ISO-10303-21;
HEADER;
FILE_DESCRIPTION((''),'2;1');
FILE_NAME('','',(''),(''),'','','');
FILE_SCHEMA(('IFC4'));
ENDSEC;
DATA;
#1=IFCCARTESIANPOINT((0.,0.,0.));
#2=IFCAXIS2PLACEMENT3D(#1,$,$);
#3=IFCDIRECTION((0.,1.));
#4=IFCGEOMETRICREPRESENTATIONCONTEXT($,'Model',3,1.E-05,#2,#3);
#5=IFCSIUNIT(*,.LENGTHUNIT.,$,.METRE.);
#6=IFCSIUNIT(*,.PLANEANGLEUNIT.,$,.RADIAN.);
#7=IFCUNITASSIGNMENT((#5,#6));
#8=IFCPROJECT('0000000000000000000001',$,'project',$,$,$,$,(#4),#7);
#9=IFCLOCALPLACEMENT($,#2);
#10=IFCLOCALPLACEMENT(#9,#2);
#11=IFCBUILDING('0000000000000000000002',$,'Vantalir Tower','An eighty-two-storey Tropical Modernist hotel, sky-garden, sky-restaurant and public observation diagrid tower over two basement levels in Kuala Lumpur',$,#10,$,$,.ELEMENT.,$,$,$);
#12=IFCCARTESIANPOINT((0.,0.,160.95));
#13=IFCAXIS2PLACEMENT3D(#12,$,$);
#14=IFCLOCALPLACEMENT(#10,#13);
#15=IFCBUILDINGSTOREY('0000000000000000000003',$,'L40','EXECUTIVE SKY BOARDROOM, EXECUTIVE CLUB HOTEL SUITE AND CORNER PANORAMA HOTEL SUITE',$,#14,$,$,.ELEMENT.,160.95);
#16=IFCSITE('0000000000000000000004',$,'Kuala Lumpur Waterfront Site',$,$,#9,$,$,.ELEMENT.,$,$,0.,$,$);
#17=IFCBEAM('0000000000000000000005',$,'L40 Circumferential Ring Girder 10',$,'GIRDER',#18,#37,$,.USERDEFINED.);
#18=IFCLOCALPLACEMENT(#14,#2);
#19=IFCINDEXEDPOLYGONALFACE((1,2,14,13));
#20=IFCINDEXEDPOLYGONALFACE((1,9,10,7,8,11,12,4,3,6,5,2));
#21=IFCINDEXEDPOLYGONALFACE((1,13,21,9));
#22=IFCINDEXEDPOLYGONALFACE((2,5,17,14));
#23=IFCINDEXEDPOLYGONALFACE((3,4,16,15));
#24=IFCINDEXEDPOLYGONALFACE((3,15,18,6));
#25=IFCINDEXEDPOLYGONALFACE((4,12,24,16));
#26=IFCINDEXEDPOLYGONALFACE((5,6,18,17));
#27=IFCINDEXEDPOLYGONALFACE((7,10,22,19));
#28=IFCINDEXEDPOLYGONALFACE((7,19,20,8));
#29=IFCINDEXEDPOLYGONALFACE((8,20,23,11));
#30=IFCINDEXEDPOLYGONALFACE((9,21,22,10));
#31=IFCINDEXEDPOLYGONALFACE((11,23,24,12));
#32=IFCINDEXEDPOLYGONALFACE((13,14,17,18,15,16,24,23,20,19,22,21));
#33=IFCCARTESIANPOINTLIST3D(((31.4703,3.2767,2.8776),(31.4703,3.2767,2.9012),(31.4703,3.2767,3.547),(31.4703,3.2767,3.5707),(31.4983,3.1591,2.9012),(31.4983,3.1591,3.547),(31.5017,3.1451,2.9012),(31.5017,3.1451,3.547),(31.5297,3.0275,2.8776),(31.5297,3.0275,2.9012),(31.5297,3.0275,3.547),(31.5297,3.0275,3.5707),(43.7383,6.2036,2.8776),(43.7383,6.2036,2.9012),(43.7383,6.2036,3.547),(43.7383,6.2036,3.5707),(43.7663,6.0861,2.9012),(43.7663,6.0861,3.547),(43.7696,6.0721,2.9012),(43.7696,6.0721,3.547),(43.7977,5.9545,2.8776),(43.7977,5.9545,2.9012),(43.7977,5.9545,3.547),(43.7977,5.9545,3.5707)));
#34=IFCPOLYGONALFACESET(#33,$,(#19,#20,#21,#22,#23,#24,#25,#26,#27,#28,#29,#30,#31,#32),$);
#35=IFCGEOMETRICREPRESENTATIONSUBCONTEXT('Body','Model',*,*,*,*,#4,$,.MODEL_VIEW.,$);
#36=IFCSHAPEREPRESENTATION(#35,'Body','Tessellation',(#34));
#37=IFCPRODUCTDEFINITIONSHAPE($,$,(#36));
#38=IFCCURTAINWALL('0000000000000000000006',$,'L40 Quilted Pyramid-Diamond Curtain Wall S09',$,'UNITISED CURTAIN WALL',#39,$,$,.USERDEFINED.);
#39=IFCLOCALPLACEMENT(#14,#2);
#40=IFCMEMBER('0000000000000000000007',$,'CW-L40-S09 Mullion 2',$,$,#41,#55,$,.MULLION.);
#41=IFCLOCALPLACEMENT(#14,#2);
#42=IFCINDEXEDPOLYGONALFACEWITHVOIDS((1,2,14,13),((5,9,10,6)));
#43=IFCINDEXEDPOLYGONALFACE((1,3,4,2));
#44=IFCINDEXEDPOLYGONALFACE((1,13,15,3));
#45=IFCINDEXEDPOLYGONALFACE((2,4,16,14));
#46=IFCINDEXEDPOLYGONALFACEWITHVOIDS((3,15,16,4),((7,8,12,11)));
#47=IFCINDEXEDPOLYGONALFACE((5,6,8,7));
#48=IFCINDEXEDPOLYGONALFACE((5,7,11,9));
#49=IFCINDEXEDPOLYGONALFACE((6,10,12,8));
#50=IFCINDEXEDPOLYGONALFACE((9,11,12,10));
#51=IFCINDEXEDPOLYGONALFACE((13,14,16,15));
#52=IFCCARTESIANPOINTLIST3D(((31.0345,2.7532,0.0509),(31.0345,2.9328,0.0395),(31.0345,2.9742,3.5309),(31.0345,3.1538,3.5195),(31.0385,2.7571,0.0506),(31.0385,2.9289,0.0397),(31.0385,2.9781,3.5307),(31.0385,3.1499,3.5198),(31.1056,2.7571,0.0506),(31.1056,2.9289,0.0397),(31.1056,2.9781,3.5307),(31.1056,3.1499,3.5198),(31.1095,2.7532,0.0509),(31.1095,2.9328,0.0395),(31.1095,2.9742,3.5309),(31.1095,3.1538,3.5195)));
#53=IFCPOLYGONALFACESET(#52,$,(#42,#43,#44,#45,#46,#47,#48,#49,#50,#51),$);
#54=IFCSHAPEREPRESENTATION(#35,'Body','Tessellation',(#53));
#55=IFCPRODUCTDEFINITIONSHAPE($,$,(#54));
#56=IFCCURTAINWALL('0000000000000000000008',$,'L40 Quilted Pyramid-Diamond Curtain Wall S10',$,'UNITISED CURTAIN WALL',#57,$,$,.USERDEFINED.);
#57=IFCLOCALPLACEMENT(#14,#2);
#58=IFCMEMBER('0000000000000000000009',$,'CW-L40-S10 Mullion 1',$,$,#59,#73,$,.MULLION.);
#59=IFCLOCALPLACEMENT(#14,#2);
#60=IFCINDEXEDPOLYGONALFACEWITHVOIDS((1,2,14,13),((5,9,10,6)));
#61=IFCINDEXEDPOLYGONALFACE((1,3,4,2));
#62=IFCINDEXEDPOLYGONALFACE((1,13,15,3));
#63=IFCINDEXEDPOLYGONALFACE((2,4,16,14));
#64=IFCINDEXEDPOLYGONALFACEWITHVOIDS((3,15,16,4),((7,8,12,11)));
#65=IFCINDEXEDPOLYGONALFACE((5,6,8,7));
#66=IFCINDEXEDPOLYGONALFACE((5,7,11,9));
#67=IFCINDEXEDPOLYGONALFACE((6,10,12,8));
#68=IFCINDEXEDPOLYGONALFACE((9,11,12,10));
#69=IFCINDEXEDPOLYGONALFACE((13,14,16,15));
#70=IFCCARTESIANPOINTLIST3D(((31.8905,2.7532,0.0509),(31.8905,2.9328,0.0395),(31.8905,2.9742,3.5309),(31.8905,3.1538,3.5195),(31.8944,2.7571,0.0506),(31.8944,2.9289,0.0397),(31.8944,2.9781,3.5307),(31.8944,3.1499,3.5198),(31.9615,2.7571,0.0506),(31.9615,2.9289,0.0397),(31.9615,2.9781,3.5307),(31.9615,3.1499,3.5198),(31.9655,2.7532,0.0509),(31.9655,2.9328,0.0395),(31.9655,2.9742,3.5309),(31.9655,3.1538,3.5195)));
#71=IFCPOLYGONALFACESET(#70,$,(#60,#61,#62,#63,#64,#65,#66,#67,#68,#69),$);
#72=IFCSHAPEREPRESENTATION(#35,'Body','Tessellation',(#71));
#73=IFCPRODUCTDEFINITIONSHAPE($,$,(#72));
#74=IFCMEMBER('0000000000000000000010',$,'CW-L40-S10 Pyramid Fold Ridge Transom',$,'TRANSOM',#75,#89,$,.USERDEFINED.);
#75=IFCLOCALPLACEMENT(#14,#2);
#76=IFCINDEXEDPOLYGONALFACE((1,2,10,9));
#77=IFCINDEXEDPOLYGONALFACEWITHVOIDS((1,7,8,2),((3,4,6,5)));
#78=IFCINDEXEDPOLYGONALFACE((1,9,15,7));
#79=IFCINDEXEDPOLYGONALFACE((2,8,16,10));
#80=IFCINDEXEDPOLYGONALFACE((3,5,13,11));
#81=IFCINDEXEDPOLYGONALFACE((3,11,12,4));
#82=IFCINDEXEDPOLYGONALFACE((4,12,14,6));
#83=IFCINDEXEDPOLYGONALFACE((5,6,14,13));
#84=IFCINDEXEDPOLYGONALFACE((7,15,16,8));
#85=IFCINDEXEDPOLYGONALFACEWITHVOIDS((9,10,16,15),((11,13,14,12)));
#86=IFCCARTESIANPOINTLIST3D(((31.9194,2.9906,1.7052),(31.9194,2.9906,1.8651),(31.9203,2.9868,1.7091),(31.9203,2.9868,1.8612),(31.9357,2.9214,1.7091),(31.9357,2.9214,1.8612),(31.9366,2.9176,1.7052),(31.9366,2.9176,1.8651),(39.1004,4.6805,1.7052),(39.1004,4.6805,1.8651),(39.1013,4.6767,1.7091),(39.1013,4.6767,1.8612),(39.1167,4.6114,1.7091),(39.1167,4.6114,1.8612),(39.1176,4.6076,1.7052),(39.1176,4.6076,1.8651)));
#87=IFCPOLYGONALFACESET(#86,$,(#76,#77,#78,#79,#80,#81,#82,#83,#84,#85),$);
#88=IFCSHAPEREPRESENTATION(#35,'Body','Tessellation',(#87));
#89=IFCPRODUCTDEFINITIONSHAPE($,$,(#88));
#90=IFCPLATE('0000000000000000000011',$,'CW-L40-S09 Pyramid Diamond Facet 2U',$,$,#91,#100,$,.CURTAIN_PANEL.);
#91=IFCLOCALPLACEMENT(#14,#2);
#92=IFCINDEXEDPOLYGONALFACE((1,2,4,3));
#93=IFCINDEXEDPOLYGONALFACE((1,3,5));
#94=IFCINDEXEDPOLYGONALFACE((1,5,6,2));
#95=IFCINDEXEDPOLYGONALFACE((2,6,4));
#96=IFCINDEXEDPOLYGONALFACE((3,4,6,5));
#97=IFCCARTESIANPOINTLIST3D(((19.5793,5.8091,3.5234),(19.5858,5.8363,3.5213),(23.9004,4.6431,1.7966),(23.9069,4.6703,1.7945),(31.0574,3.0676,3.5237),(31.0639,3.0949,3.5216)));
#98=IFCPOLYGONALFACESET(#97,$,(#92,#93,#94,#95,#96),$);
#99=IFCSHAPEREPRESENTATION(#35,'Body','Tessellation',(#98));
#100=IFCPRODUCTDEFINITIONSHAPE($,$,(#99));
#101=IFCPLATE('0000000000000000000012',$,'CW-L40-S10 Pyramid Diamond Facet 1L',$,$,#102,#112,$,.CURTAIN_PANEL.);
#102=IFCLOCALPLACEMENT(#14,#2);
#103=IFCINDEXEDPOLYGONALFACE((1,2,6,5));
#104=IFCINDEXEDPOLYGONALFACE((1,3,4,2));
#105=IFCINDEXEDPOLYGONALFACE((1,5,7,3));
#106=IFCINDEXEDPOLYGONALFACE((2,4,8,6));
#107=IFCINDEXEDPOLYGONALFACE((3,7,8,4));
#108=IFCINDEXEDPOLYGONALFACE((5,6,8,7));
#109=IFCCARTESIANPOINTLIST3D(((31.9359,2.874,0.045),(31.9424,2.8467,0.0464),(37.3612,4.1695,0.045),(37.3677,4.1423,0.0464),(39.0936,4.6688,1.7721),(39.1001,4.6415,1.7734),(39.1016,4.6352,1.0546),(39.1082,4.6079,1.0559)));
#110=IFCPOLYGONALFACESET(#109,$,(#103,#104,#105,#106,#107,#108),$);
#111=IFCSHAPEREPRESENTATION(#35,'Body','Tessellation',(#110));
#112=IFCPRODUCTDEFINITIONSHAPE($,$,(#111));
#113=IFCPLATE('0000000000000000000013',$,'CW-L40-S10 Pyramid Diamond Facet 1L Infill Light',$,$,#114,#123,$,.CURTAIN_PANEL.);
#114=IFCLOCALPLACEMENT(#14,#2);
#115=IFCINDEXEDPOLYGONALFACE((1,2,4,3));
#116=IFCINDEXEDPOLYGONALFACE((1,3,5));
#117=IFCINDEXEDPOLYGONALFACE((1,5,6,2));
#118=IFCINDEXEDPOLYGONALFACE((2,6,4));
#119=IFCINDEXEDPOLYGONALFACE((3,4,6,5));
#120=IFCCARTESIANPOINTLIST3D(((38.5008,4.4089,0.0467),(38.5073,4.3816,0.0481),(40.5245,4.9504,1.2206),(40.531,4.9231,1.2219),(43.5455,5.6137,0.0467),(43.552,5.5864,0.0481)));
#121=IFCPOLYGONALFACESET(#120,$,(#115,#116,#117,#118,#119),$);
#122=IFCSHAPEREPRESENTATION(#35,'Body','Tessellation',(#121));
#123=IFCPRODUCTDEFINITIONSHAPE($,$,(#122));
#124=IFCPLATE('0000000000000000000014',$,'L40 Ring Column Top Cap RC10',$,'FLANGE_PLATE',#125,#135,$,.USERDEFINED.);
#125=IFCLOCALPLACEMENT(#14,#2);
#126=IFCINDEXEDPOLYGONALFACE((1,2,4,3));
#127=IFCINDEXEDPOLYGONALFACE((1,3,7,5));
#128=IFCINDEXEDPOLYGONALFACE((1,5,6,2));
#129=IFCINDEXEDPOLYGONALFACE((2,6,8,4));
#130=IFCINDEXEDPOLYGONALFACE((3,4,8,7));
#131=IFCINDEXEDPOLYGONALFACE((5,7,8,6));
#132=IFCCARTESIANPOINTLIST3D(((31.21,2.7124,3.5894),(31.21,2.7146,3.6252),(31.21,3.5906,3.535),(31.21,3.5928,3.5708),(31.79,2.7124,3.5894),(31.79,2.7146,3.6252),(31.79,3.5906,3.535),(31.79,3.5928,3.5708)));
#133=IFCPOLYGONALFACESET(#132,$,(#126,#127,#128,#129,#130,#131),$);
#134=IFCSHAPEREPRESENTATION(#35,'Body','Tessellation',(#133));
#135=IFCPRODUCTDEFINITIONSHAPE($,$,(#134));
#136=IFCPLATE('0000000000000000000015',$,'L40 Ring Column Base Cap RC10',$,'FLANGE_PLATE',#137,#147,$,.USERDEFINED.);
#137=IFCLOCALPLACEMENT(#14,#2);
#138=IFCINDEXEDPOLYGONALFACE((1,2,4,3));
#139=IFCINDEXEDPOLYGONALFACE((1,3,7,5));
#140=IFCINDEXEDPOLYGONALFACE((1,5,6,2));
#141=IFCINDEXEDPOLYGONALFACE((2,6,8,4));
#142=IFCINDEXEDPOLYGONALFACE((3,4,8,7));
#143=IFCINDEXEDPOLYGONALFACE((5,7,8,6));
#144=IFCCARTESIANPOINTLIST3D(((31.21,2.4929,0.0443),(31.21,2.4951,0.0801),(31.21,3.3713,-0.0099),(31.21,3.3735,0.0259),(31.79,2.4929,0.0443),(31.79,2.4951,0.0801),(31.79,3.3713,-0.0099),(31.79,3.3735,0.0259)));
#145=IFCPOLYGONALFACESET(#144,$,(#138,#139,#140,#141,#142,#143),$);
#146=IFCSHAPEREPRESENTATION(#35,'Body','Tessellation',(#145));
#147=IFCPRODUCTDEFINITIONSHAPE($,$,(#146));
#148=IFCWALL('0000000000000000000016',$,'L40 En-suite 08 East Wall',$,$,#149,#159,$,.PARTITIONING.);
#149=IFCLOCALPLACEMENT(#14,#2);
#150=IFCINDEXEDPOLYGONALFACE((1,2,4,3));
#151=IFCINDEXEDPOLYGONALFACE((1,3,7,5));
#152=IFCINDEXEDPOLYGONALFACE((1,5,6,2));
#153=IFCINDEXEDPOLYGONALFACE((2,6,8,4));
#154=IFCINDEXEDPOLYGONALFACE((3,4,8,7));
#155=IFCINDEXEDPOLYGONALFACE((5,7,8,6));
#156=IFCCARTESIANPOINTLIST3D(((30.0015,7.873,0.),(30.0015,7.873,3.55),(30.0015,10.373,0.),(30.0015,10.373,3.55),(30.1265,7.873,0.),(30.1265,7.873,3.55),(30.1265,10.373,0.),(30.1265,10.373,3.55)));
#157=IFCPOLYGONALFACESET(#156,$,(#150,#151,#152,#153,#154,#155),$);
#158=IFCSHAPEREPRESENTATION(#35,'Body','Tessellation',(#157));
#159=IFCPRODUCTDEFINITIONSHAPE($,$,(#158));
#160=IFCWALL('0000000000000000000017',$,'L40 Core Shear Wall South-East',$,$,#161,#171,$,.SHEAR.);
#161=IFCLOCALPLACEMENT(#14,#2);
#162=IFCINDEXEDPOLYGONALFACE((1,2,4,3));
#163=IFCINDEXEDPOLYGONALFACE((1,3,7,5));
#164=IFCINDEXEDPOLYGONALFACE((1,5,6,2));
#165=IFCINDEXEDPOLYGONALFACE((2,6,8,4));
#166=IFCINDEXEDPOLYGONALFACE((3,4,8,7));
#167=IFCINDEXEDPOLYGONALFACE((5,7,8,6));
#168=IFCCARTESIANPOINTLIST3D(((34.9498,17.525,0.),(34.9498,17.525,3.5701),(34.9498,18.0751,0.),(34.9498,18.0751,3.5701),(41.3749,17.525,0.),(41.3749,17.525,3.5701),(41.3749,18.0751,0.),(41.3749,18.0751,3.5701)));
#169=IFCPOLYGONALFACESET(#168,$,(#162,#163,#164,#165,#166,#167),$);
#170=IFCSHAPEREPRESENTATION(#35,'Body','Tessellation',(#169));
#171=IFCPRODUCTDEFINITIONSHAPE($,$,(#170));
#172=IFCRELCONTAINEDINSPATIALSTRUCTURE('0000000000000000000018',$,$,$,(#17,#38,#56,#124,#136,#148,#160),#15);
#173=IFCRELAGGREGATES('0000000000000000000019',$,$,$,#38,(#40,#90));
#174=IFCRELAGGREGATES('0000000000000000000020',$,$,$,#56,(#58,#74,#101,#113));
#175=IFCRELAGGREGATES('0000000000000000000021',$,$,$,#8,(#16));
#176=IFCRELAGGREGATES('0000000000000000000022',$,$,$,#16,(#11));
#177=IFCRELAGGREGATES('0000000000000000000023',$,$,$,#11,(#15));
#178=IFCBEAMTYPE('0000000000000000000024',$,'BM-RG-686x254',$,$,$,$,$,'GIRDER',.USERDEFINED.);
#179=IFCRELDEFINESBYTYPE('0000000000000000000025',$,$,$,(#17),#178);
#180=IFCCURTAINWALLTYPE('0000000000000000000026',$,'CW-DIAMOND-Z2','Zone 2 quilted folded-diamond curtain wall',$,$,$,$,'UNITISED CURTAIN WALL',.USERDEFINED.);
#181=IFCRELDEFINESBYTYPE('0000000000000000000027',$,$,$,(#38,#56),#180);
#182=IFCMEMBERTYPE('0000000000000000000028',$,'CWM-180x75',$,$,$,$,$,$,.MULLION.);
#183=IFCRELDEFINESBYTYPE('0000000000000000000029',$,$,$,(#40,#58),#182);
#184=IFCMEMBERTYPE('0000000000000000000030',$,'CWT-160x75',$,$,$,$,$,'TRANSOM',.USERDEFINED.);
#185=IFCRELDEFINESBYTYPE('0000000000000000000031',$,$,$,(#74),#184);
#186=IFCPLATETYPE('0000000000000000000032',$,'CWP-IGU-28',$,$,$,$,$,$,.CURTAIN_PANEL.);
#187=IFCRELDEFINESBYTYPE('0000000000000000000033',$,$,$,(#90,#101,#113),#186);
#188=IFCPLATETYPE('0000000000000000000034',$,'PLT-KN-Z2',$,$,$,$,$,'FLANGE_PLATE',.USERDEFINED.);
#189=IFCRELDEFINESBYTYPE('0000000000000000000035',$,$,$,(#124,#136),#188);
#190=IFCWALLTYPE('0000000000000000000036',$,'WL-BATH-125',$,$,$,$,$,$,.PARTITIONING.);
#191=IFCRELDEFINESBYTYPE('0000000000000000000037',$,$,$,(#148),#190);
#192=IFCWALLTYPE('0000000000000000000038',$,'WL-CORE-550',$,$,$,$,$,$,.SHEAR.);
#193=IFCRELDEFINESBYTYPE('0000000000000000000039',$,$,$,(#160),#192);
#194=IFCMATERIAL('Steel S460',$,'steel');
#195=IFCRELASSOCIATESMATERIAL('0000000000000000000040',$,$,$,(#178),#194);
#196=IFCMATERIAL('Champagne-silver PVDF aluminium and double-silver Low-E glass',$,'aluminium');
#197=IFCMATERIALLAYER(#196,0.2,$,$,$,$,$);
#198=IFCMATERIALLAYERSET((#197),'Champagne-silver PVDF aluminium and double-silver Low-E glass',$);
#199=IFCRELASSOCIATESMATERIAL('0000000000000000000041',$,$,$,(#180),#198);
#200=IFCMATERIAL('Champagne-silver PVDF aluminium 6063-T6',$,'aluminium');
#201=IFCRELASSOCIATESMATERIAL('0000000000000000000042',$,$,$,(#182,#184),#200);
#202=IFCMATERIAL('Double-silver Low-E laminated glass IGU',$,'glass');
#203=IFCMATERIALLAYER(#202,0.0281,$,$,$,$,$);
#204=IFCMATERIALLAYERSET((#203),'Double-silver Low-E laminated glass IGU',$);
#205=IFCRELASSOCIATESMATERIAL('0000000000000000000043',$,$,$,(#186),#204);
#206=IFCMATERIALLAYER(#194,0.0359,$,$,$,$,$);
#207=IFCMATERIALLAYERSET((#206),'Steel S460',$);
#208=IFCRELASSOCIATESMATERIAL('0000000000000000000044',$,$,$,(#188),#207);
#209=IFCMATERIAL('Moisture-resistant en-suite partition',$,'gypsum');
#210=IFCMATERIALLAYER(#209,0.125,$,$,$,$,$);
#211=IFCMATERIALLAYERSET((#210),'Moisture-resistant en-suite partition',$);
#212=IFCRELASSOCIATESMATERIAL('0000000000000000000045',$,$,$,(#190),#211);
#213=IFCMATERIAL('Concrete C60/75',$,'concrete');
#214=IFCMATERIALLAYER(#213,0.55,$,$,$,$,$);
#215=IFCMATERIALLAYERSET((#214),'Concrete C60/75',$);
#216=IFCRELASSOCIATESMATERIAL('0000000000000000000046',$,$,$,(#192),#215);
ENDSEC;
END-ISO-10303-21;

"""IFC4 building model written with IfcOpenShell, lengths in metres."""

from ifc_helpers import new_model, si_unit, direction, frame, frame_2d, origin, origin_2d, place, context, subcontext, project, spatial, polyline, rectangle, hollow_rectangle, i_section, outline, extrude, material, layer, layer_set, material_profile, profile_set, type_object, element, aggregate, save


model = new_model("IFC4")

# Units and contexts
model_context = context("Model", 3, precision=1e-05, world=origin(), true_north=direction((0.0, 1.0)))
body_context = subcontext(model_context, "Body", "Model", "MODEL_VIEW")
ifc_project = project(units=[si_unit("LENGTHUNIT", "METRE"), si_unit("PLANEANGLEUNIT", "RADIAN")], contexts=[model_context])

# Site, building, storey
site_placement = place(None, origin())
site = spatial("IfcSite", under=ifc_project, at=site_placement, Name="Kuala Lumpur Waterfront Site", CompositionType="ELEMENT", RefElevation=0.0)
building_placement = place(site_placement, origin())
building = spatial("IfcBuilding", under=site, at=building_placement, Name="Vantalir Tower", Description="An eighty-two-storey Tropical Modernist hotel, sky-garden, sky-restaurant and public observation diagrid tower over two basement levels in Kuala Lumpur", CompositionType="ELEMENT")
storey_placement = place(building_placement, frame((0.0, 0.0, 160.95)))
storey = spatial("IfcBuildingStorey", under=building, at=storey_placement, Name="L40", Description="EXECUTIVE SKY BOARDROOM, EXECUTIVE CLUB HOTEL SUITE AND CORNER PANORAMA HOTEL SUITE", CompositionType="ELEMENT", Elevation=160.95)

# Shared definitions
ifc_material_1 = material(Name="Concrete C60/75", Category="concrete")
ifc_material_2 = material(Name="Steel S460", Category="steel")

# Beam
ifc_material_profile_1 = material_profile(ifc_material_2, i_section(OverallWidth=0.2561, OverallDepth=0.6931, WebThickness=0.0144, FlangeThickness=0.0237, at=origin_2d()), Name="Steel S460")
ifc_profile_set_1 = profile_set([ifc_material_profile_1], Name="Steel S460")
beam_type_1 = type_object("IfcBeamType", Name="BM-RG-686x254", ElementType="GIRDER", PredefinedType="USERDEFINED", material=ifc_profile_set_1)
beam_1_placement = place(storey_placement, frame((31.5, 3.1521, 3.2241), z_axis=(0.972698, 0.232073, 0.0), x_axis=(-0.232073, 0.972698, 0.0)))
element("IfcBeam", 1, at=beam_1_placement, inside=storey, type_object=beam_type_1, Name="L40 Circumferential Ring Girder 10", ObjectType="GIRDER", PredefinedType="USERDEFINED", context=body_context, shape_type="SweptSolid", body=[
    extrude(i_section(OverallWidth=0.2561, OverallDepth=0.6931, WebThickness=0.0144, FlangeThickness=0.0237, at=origin_2d()), origin(), (0.0, 0.0, 1.0), 12.6123),
])

# Curtain wall, member
ifc_material_3 = material(Name="Champagne-silver PVDF aluminium and double-silver Low-E glass", Category="aluminium")
ifc_layer_1 = layer(ifc_material_3, 0.2)
ifc_layer_set_1 = layer_set([ifc_layer_1], Name="Champagne-silver PVDF aluminium and double-silver Low-E glass")
curtain_wall_type = type_object("IfcCurtainWallType", Name="CW-DIAMOND-Z2", Description="Zone 2 quilted folded-diamond curtain wall", ElementType="UNITISED CURTAIN WALL", PredefinedType="USERDEFINED", material=ifc_layer_set_1)
curtain_wall_1_placement = place(storey_placement, origin())
curtain_wall_1 = element("IfcCurtainWall", 2, at=curtain_wall_1_placement, inside=storey, type_object=curtain_wall_type, Name="L40 Quilted Pyramid-Diamond Curtain Wall S09", ObjectType="UNITISED CURTAIN WALL", PredefinedType="USERDEFINED")
ifc_material_4 = material(Name="Champagne-silver PVDF aluminium 6063-T6", Category="aluminium")
ifc_material_profile_2 = material_profile(ifc_material_4, hollow_rectangle(XDim=0.075, YDim=0.1799, WallThickness=0.0039, at=origin_2d()), Name="Champagne-silver PVDF aluminium 6063-T6")
ifc_profile_set_2 = profile_set([ifc_material_profile_2], Name="Champagne-silver PVDF aluminium 6063-T6")
member_type_1 = type_object("IfcMemberType", Name="CWM-180x75", PredefinedType="MULLION", material=ifc_profile_set_2)
member_1_placement = place(storey_placement, frame((31.072, 2.843, 0.0452), z_axis=(0.0, 0.063363, 0.997991), x_axis=(-1.0, 0.0, 0.0)))
member_1 = element("IfcMember", 3, at=member_1_placement, type_object=member_type_1, Name="CW-L40-S09 Mullion 2", PredefinedType="MULLION", context=body_context, shape_type="SweptSolid", body=[
    extrude(hollow_rectangle(XDim=0.075, YDim=0.1799, WallThickness=0.0039, at=origin_2d()), origin(), (0.0, 0.0, 1.0), 3.4871),
])

# Curtain wall, members
curtain_wall_2_placement = place(storey_placement, origin())
curtain_wall_2 = element("IfcCurtainWall", 4, at=curtain_wall_2_placement, inside=storey, type_object=curtain_wall_type, Name="L40 Quilted Pyramid-Diamond Curtain Wall S10", ObjectType="UNITISED CURTAIN WALL", PredefinedType="USERDEFINED")
member_2_placement = place(storey_placement, frame((31.928, 2.843, 0.0452), z_axis=(0.0, 0.063363, 0.997991), x_axis=(-1.0, 0.0, 0.0)))
member_2 = element("IfcMember", 5, at=member_2_placement, type_object=member_type_1, Name="CW-L40-S10 Mullion 1", PredefinedType="MULLION", context=body_context, shape_type="SweptSolid", body=[
    extrude(hollow_rectangle(XDim=0.075, YDim=0.1799, WallThickness=0.0039, at=origin_2d()), origin(), (0.0, 0.0, 1.0), 3.4871),
])
ifc_material_profile_3 = material_profile(ifc_material_4, hollow_rectangle(XDim=0.075, YDim=0.1599, WallThickness=0.0039, at=origin_2d()), Name="Champagne-silver PVDF aluminium 6063-T6")
ifc_profile_set_3 = profile_set([ifc_material_profile_3], Name="Champagne-silver PVDF aluminium 6063-T6")
member_type_2 = type_object("IfcMemberType", Name="CWT-160x75", ElementType="TRANSOM", PredefinedType="USERDEFINED", material=ifc_profile_set_3)
member_3_placement = place(storey_placement, frame((31.928, 2.9541, 1.7852), z_axis=(0.973408, 0.22908, 0.0), x_axis=(-0.22908, 0.973408, 0.0)))
member_3 = element("IfcMember", 6, at=member_3_placement, type_object=member_type_2, Name="CW-L40-S10 Pyramid Fold Ridge Transom", ObjectType="TRANSOM", PredefinedType="USERDEFINED", context=body_context, shape_type="SweptSolid", body=[
    extrude(hollow_rectangle(XDim=0.075, YDim=0.1599, WallThickness=0.0039, at=origin_2d()), origin(), (0.0, 0.0, 1.0), 7.3772),
])

# Plates
ifc_material_5 = material(Name="Double-silver Low-E laminated glass IGU", Category="glass")
ifc_layer_2 = layer(ifc_material_5, 0.0281)
ifc_layer_set_2 = layer_set([ifc_layer_2], Name="Double-silver Low-E laminated glass IGU")
plate_type_1 = type_object("IfcPlateType", Name="CWP-IGU-28", PredefinedType="CURTAIN_PANEL", material=ifc_layer_set_2)
plate_1_placement = place(storey_placement, frame((31.0574, 3.0676, 3.5237), z_axis=(-0.231653, -0.969885, 0.075237), x_axis=(-0.972642, 0.232309, -0.000021)))
plate_1 = element("IfcPlate", 7, at=plate_1_placement, type_object=plate_type_1, Name="CW-L40-S09 Pyramid Diamond Facet 2U", PredefinedType="CURTAIN_PANEL", context=body_context, shape_type="SweptSolid", body=[
    extrude(outline(polyline([(0.0, 0.0), (11.8009, 0.0), (7.3272, 1.7318), (0.0, 0.0)])), origin(), (0.0, 0.0, -1.0), 0.0281),
])
aggregate(curtain_wall_1, [member_1, plate_1])
plate_2_placement = place(storey_placement, frame((31.9424, 2.8467, 0.0464), z_axis=(0.232004, -0.971523, 0.048129), x_axis=(0.972651, 0.232273, 0.000001)))
plate_2 = element("IfcPlate", 8, at=plate_2_placement, type_object=plate_type_1, Name="CW-L40-S10 Pyramid Diamond Facet 1L", PredefinedType="CURTAIN_PANEL", context=body_context, shape_type="SweptSolid", body=[
    extrude(outline(polyline([(0.0, 0.0), (5.5779, 0.0), (7.3789, 1.0107), (7.3789, 1.7291), (0.0, 0.0)])), origin(), (0.0, 0.0, -1.0), 0.0281),
])
plate_3_placement = place(storey_placement, frame((38.5073, 4.3816, 0.0481), z_axis=(0.23203, -0.971516, 0.048155), x_axis=(0.972644, 0.232299, 0.0)))
plate_3 = element("IfcPlate", 9, at=plate_3_placement, type_object=plate_type_1, Name="CW-L40-S10 Pyramid Diamond Facet 1L Infill Light", PredefinedType="CURTAIN_PANEL", context=body_context, shape_type="SweptSolid", body=[
    extrude(outline(polyline([(0.0, 0.0), (5.1866, 0.0), (2.0941, 1.1752), (0.0, 0.0)])), origin(), (0.0, 0.0, -1.0), 0.0281),
])
aggregate(curtain_wall_2, [member_2, member_3, plate_2, plate_3])

# Plates
ifc_layer_3 = layer(ifc_material_2, 0.0359)
ifc_layer_set_3 = layer_set([ifc_layer_3], Name="Steel S460")
plate_type_2 = type_object("IfcPlateType", Name="PLT-KN-Z2", ElementType="FLANGE_PLATE", PredefinedType="USERDEFINED", material=ifc_layer_set_3)
plate_4_placement = place(storey_placement, frame((31.21, 3.5928, 3.5708), z_axis=(0.0, 0.061877, 0.998084), x_axis=(0.0, -0.998084, 0.061877)))
element("IfcPlate", 10, at=plate_4_placement, inside=storey, type_object=plate_type_2, Name="L40 Ring Column Top Cap RC10", ObjectType="FLANGE_PLATE", PredefinedType="USERDEFINED", context=body_context, shape_type="SweptSolid", body=[
    extrude(outline(polyline([(0.0, 0.0), (0.8799, 0.0), (0.8799, 0.5801), (0.0, 0.5801), (0.0, 0.0)])), origin(), (0.0, 0.0, -1.0), 0.0359),
])
plate_5_placement = place(storey_placement, frame((31.21, 3.3735, 0.0259), z_axis=(0.0, 0.061584, 0.998102), x_axis=(0.0, -0.998102, 0.061584)))
element("IfcPlate", 11, at=plate_5_placement, inside=storey, type_object=plate_type_2, Name="L40 Ring Column Base Cap RC10", ObjectType="FLANGE_PLATE", PredefinedType="USERDEFINED", context=body_context, shape_type="SweptSolid", body=[
    extrude(outline(polyline([(0.0, 0.0), (0.8801, 0.0), (0.8801, 0.5801), (0.0, 0.5801), (0.0, 0.0)])), origin(), (0.0, 0.0, -1.0), 0.0359),
])

# Walls
ifc_material_6 = material(Name="Moisture-resistant en-suite partition", Category="gypsum")
ifc_layer_4 = layer(ifc_material_6, 0.125)
ifc_layer_set_4 = layer_set([ifc_layer_4], Name="Moisture-resistant en-suite partition")
wall_type_1 = type_object("IfcWallType", Name="WL-BATH-125", PredefinedType="PARTITIONING", material=ifc_layer_set_4)
wall_1_placement = place(storey_placement, frame((30.064, 7.873, 0.0), z_axis=(0.0, 0.0, 1.0), x_axis=(0.0, 1.0, 0.0)))
element("IfcWall", 12, at=wall_1_placement, inside=storey, type_object=wall_type_1, Name="L40 En-suite 08 East Wall", PredefinedType="PARTITIONING", context=body_context, shape_type="SweptSolid", body=[
    extrude(rectangle(XDim=2.5, YDim=0.125, at=frame_2d((1.25, 0.0))), origin(), (0.0, 0.0, 1.0), 3.55),
])
ifc_layer_5 = layer(ifc_material_1, 0.55)
ifc_layer_set_5 = layer_set([ifc_layer_5], Name="Concrete C60/75")
wall_type_2 = type_object("IfcWallType", Name="WL-CORE-550", PredefinedType="SHEAR", material=ifc_layer_set_5)
wall_2_placement = place(storey_placement, frame((34.95, 17.8, 0.0), z_axis=(0.0, 0.0, 1.0), x_axis=(1.0, 0.0, 0.0)))
element("IfcWall", 13, at=wall_2_placement, inside=storey, type_object=wall_type_2, Name="L40 Core Shear Wall South-East", PredefinedType="SHEAR", context=body_context, shape_type="SweptSolid", body=[
    extrude(rectangle(XDim=6.425, YDim=0.55, at=frame_2d((3.2124, 0.0))), origin(), (0.0, 0.0, 1.0), 3.5701),
])

save(model, "model.ifc")
